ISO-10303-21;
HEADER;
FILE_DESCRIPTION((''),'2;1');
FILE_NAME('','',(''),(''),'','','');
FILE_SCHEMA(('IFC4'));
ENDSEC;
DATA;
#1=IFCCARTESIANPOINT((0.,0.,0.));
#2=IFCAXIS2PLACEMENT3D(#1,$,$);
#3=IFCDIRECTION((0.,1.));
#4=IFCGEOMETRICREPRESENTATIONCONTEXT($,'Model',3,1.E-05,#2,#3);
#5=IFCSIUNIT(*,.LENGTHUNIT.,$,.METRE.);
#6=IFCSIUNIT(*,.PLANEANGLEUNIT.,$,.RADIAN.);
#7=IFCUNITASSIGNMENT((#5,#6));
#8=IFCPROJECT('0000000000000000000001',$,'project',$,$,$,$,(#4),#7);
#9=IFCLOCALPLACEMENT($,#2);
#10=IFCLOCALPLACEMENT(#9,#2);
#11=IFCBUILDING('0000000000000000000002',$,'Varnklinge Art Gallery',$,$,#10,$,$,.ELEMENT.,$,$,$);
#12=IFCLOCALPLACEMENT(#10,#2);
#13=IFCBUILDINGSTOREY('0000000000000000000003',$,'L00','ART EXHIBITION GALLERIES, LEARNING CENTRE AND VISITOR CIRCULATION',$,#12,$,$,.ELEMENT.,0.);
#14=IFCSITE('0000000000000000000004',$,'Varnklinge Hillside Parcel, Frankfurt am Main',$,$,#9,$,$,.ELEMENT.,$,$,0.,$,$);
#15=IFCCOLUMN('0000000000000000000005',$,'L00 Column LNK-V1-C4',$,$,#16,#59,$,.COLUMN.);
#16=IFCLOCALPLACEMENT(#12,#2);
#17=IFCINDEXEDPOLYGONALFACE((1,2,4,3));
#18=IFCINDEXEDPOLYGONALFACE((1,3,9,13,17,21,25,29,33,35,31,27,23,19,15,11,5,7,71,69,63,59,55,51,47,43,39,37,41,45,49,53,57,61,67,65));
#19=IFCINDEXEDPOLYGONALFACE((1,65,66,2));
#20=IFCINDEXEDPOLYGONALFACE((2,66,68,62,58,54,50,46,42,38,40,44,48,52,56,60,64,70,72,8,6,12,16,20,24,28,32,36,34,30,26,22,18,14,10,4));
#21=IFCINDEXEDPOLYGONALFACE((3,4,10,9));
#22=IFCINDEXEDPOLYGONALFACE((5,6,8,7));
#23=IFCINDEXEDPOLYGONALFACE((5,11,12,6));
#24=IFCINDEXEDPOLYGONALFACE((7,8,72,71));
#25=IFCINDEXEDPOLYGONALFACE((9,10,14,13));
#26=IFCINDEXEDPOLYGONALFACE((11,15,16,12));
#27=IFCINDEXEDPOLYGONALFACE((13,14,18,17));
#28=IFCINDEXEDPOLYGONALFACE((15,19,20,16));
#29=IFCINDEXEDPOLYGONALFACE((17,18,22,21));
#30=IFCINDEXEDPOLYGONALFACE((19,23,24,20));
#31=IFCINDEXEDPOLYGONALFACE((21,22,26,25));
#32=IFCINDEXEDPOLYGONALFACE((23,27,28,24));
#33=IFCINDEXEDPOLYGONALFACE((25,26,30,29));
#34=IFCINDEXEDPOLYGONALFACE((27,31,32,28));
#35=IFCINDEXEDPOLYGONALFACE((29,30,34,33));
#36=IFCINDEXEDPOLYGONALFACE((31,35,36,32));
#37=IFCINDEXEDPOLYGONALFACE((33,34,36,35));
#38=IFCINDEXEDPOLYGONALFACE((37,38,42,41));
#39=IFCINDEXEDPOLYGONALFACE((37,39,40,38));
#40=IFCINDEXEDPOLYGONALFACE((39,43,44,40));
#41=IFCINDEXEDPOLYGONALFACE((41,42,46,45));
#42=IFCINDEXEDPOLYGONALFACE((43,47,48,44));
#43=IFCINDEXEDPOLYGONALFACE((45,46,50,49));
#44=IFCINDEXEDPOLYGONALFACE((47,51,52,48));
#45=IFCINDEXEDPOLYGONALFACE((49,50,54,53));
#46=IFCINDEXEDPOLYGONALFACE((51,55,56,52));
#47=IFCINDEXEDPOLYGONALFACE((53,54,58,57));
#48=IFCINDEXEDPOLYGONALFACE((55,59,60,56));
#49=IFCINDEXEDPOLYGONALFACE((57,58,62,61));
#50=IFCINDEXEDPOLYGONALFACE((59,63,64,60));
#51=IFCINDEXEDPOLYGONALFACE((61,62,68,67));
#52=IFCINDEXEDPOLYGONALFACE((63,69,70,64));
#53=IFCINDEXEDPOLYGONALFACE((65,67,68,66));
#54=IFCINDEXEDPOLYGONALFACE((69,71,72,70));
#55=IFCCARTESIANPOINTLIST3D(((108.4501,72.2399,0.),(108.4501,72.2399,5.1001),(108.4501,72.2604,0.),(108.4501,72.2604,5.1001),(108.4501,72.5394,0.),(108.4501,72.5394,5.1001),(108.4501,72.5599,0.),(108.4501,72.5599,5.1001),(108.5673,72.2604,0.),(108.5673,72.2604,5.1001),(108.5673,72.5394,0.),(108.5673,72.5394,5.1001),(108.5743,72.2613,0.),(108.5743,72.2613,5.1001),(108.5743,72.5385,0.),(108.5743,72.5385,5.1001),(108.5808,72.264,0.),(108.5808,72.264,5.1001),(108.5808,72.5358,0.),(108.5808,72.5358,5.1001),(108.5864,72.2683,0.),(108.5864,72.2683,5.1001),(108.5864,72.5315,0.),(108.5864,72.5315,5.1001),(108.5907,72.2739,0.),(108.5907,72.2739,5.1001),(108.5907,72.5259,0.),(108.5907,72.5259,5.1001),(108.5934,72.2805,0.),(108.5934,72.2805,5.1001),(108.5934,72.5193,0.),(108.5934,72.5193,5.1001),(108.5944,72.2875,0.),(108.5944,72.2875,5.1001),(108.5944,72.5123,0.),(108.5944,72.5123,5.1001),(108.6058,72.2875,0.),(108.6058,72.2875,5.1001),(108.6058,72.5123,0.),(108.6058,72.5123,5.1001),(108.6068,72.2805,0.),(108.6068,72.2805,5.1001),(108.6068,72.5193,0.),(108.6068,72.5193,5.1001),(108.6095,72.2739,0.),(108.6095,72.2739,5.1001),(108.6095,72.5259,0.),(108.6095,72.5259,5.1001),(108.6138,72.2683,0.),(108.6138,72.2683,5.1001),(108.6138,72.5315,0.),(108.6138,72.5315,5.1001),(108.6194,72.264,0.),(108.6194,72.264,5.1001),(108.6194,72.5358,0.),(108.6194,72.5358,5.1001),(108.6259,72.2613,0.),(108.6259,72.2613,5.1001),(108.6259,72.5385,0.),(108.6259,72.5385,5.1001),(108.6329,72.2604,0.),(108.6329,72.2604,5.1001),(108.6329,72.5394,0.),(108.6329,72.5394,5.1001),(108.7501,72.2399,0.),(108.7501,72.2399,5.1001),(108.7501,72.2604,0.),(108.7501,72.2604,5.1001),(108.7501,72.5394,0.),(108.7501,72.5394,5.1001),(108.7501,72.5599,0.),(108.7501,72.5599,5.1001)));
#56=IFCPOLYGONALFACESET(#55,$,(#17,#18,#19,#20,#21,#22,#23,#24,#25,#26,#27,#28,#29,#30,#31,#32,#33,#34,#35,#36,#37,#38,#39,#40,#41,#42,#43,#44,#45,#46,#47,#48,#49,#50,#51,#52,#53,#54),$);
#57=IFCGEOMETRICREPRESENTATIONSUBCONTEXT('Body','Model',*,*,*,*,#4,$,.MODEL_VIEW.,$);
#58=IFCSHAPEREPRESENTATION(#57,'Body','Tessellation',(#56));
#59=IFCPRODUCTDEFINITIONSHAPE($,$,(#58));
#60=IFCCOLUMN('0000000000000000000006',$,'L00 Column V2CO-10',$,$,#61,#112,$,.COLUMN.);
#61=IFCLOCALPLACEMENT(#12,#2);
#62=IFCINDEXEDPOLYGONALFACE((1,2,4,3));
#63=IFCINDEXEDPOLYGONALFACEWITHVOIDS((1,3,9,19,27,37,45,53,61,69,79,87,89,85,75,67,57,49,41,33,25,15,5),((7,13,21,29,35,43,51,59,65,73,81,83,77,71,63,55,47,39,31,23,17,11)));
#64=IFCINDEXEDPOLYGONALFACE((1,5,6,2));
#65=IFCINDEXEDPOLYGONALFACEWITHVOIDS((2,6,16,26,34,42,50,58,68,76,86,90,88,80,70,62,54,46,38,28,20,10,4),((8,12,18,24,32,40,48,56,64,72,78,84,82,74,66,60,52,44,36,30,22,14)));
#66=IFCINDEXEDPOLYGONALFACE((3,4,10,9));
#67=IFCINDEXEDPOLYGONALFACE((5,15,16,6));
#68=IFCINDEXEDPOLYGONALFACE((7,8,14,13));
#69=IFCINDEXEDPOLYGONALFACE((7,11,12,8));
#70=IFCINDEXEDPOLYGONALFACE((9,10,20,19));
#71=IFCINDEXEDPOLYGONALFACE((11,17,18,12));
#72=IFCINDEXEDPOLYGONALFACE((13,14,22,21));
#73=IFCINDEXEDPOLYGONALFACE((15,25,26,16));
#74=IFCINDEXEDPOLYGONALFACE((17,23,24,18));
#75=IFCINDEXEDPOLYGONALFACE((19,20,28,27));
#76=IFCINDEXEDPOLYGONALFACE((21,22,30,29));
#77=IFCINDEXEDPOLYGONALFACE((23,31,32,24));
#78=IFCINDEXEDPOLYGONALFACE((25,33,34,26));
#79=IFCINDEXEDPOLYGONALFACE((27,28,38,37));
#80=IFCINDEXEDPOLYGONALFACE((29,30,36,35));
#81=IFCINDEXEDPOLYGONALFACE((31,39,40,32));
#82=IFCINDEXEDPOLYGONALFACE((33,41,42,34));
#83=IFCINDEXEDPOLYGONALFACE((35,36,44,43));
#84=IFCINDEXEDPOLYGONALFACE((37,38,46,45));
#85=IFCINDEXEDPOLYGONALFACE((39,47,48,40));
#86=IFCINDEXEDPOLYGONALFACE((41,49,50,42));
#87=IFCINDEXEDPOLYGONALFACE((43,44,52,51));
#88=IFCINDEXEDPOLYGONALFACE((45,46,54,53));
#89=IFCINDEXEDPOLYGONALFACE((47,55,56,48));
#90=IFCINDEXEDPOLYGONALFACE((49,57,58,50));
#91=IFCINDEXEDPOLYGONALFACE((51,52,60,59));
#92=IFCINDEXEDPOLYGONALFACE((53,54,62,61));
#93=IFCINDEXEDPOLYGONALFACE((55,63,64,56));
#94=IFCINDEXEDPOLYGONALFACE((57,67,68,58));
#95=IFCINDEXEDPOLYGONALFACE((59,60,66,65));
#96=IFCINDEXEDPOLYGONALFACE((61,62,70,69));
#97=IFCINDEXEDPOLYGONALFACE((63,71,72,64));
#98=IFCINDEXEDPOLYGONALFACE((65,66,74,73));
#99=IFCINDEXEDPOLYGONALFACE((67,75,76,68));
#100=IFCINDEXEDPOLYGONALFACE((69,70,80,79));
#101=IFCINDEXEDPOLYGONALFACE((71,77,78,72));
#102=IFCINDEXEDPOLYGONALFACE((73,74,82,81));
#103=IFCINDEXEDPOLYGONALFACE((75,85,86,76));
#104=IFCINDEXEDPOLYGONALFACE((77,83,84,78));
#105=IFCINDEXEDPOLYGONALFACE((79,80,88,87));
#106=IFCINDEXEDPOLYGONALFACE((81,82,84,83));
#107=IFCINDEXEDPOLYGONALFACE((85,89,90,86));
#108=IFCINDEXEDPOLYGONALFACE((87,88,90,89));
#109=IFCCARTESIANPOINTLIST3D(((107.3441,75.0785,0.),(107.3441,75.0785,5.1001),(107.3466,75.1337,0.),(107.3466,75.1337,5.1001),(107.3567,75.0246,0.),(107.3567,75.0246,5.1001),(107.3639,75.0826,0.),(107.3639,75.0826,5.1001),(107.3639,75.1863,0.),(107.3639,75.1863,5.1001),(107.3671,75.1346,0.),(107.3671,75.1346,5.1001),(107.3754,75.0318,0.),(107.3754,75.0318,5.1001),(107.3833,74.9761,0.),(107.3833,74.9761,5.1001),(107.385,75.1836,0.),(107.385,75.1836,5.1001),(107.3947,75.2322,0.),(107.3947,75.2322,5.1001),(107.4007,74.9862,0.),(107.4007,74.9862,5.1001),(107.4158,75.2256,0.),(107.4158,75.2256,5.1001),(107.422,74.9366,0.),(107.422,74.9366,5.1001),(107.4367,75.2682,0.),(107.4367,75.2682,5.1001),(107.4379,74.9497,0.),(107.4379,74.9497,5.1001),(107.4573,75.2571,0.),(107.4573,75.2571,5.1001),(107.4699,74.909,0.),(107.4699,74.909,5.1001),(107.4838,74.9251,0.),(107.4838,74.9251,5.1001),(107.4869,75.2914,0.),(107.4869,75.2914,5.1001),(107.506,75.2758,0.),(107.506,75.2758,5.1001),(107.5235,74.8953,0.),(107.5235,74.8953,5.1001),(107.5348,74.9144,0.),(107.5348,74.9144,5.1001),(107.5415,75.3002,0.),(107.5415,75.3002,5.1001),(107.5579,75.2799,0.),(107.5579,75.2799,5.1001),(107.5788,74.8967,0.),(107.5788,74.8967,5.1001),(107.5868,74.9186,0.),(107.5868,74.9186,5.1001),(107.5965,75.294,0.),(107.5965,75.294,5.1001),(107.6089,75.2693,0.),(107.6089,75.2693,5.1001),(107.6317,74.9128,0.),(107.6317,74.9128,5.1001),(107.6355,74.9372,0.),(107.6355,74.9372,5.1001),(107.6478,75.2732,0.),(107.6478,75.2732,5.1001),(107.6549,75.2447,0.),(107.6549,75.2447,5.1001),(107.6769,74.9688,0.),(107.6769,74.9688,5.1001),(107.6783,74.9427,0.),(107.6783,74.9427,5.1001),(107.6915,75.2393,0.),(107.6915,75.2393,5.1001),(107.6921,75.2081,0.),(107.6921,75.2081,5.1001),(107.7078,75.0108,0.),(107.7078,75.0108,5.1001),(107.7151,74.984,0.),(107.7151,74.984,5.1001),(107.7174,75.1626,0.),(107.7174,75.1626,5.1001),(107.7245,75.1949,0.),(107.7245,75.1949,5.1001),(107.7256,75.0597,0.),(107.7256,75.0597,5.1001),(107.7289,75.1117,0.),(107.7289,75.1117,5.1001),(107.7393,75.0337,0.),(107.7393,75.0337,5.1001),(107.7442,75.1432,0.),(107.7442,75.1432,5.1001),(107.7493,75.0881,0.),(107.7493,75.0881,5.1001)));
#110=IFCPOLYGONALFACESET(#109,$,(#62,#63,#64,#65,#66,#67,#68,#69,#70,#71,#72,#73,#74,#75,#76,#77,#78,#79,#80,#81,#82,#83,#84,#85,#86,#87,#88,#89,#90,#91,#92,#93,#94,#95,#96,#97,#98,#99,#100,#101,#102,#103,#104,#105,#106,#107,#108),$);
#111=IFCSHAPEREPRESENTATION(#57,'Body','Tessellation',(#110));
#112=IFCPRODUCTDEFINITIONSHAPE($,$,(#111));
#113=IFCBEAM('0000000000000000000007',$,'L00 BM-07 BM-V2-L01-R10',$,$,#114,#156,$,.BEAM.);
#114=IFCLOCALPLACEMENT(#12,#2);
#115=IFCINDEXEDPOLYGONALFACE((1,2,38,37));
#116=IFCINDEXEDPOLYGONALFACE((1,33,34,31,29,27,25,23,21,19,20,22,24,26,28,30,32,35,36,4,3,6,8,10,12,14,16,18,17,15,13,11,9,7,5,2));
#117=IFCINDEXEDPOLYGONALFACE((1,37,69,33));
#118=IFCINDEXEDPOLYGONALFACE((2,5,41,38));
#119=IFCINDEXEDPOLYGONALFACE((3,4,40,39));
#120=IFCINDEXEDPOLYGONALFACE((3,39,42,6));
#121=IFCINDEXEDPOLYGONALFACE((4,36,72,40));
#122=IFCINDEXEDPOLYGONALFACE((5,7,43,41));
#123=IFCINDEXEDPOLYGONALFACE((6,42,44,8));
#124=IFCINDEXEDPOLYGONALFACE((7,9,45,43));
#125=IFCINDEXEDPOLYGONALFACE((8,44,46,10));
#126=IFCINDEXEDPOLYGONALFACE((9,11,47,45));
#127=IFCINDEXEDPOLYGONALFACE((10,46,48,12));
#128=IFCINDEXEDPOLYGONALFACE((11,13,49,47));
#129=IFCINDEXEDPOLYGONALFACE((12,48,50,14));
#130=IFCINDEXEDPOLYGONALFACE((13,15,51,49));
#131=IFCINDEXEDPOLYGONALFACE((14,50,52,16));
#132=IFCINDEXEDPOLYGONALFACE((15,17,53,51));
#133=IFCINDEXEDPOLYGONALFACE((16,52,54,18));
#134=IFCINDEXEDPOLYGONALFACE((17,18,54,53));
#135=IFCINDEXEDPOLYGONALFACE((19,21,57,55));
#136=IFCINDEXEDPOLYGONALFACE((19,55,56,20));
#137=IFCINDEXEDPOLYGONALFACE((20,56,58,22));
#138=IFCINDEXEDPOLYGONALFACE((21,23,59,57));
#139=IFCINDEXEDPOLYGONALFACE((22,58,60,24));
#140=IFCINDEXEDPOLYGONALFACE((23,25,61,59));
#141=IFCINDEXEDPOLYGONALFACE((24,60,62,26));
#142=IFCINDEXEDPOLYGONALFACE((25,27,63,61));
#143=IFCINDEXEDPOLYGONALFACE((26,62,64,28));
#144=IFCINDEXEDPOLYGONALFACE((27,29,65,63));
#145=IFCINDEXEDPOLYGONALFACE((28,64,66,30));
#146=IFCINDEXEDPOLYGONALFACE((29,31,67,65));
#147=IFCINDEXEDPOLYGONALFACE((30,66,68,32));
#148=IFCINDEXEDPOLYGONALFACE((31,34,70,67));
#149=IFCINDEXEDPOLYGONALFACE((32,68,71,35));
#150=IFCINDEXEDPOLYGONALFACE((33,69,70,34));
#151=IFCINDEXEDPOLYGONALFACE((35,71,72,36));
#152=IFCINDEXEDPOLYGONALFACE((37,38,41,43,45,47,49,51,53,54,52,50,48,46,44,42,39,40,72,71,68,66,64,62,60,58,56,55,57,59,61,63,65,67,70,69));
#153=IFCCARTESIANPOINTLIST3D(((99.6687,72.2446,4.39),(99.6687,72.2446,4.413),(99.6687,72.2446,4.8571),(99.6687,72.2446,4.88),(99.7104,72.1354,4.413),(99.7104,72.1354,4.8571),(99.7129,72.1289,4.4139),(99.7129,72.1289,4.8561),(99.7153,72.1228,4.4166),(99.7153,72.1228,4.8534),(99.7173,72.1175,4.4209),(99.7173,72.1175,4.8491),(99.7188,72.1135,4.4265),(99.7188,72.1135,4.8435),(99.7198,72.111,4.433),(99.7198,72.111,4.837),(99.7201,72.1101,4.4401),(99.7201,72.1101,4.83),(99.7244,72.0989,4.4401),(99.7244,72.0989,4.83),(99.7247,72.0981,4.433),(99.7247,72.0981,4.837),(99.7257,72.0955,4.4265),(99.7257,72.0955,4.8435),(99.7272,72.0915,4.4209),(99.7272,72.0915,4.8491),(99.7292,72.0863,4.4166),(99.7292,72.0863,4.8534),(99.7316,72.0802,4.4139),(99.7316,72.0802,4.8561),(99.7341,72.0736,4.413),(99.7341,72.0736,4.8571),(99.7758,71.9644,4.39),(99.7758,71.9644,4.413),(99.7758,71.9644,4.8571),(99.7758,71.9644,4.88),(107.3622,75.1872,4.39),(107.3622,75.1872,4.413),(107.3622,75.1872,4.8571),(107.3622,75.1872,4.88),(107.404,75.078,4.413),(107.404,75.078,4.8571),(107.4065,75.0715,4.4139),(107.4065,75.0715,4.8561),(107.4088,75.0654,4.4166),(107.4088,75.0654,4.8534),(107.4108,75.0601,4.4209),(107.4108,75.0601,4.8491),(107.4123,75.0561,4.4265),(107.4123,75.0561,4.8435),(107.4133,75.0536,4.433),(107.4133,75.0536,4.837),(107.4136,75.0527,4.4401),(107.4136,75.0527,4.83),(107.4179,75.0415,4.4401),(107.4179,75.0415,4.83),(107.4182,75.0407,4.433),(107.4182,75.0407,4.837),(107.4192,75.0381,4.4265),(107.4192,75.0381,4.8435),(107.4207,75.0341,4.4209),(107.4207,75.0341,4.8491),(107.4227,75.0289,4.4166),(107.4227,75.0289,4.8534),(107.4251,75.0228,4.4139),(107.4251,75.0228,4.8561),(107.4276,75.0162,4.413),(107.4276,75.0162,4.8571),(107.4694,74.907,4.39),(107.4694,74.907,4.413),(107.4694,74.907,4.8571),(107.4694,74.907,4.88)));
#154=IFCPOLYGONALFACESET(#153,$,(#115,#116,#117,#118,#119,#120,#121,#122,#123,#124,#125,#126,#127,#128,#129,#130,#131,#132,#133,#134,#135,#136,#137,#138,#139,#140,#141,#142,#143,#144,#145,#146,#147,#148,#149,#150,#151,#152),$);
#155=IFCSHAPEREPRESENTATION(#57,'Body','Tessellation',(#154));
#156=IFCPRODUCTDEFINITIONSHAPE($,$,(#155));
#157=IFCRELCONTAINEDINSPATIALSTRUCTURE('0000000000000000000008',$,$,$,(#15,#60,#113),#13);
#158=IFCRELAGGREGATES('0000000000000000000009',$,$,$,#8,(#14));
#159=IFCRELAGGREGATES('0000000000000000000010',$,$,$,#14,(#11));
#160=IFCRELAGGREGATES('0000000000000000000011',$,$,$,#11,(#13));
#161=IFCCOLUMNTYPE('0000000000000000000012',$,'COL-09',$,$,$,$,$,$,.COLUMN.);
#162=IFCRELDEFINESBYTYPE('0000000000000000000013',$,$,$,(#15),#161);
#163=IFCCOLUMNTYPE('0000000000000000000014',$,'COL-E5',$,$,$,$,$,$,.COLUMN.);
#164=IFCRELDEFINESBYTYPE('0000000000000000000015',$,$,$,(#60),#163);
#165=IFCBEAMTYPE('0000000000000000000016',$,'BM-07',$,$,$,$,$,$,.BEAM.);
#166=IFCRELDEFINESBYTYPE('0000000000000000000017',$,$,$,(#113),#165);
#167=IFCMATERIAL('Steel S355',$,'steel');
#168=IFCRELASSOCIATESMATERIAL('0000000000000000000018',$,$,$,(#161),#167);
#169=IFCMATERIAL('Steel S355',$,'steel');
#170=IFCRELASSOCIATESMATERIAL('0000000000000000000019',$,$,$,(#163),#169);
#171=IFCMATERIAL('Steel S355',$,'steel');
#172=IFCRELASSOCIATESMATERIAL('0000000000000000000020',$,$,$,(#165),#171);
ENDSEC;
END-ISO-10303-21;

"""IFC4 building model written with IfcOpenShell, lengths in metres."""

from ifc_helpers import new_model, si_unit, direction, frame, origin, origin_2d, place, context, subcontext, project, spatial, hollow_circle, i_section, extrude, material, material_profile, profile_set, type_object, element, save


model = new_model("IFC4")

# Units and contexts
model_context = context("Model", 3, precision=1e-05, world=origin(), true_north=direction((0.0, 1.0)))
body_context = subcontext(model_context, "Body", "Model", "MODEL_VIEW")
ifc_project = project(units=[si_unit("LENGTHUNIT", "METRE"), si_unit("PLANEANGLEUNIT", "RADIAN")], contexts=[model_context])

# Site, building, storey
site_placement = place(None, origin())
site = spatial("IfcSite", under=ifc_project, at=site_placement, Name="Varnklinge Hillside Parcel, Frankfurt am Main", CompositionType="ELEMENT", RefElevation=0.0)
building_placement = place(site_placement, origin())
building = spatial("IfcBuilding", under=site, at=building_placement, Name="Varnklinge Art Gallery", CompositionType="ELEMENT")
storey_placement = place(building_placement, origin())
storey = spatial("IfcBuildingStorey", under=building, at=storey_placement, Name="L00", Description="ART EXHIBITION GALLERIES, LEARNING CENTRE AND VISITOR CIRCULATION", CompositionType="ELEMENT", Elevation=0.0)

# Columns
ifc_material_1 = material(Name="Steel S355", Category="steel")
ifc_material_profile_1 = material_profile(ifc_material_1, i_section(OverallWidth=0.3, OverallDepth=0.3201, WebThickness=0.0115, FlangeThickness=0.0205, FilletRadius=0.0271, at=origin_2d()), Name="HEB 320")
ifc_profile_set_1 = profile_set([ifc_material_profile_1], Name="Steel S355")
column_type_1 = type_object("IfcColumnType", Name="COL-09", PredefinedType="COLUMN", material=ifc_profile_set_1)
column_1_placement = place(storey_placement, frame((108.6001, 72.3999, 0.0), z_axis=(0.0, 0.0, 1.0), x_axis=(1.0, 0.0, 0.0)))
element("IfcColumn", 1, at=column_1_placement, inside=storey, type_object=column_type_1, Name="L00 Column LNK-V1-C4", PredefinedType="COLUMN", context=body_context, shape_type="SweptSolid", body=[
    extrude(i_section(OverallWidth=0.3, OverallDepth=0.3201, WebThickness=0.0115, FlangeThickness=0.0205, FilletRadius=0.0271, at=origin_2d()), origin(), (0.0, 0.0, 1.0), 5.1001),
])
ifc_material_2 = material(Name="Steel S355", Category="steel")
ifc_material_profile_2 = material_profile(ifc_material_2, hollow_circle(Radius=0.2031, WallThickness=0.02, at=origin_2d()), Name="CHS 406.4x20")
ifc_profile_set_2 = profile_set([ifc_material_profile_2], Name="Steel S355")
column_type_2 = type_object("IfcColumnType", Name="COL-E5", PredefinedType="COLUMN", material=ifc_profile_set_2)
column_2_placement = place(storey_placement, frame((107.5464, 75.0972, 0.0), z_axis=(0.0, 0.0, 1.0), x_axis=(-0.934018, -0.357227, 0.0)))
element("IfcColumn", 2, at=column_2_placement, inside=storey, type_object=column_type_2, Name="L00 Column V2CO-10", PredefinedType="COLUMN", context=body_context, shape_type="SweptSolid", body=[
    extrude(hollow_circle(Radius=0.2031, WallThickness=0.02, at=origin_2d()), origin(), (0.0, 0.0, 1.0), 5.1001),
])

# Beam
ifc_material_3 = material(Name="Steel S355", Category="steel")
ifc_material_profile_3 = material_profile(ifc_material_3, i_section(OverallWidth=0.3, OverallDepth=0.49, WebThickness=0.012, FlangeThickness=0.0229, FilletRadius=0.0271, at=origin_2d()), Name="HEA 500")
ifc_profile_set_3 = profile_set([ifc_material_profile_3], Name="Steel S355")
beam_type_1 = type_object("IfcBeamType", Name="BM-07", PredefinedType="BEAM", material=ifc_profile_set_3)
beam_1_placement = place(storey_placement, frame((107.4158, 75.0471, 4.635), z_axis=(-0.934013, -0.357239, 0.0), x_axis=(0.357239, -0.934013, 0.0)))
element("IfcBeam", 3, at=beam_1_placement, inside=storey, type_object=beam_type_1, Name="L00 BM-07 BM-V2-L01-R10", PredefinedType="BEAM", context=body_context, shape_type="SweptSolid", body=[
    extrude(i_section(OverallWidth=0.3, OverallDepth=0.49, WebThickness=0.012, FlangeThickness=0.0229, FilletRadius=0.0271, at=origin_2d()), origin(), (0.0, 0.0, 1.0), 8.2371),
])

save(model, "model.ifc")
